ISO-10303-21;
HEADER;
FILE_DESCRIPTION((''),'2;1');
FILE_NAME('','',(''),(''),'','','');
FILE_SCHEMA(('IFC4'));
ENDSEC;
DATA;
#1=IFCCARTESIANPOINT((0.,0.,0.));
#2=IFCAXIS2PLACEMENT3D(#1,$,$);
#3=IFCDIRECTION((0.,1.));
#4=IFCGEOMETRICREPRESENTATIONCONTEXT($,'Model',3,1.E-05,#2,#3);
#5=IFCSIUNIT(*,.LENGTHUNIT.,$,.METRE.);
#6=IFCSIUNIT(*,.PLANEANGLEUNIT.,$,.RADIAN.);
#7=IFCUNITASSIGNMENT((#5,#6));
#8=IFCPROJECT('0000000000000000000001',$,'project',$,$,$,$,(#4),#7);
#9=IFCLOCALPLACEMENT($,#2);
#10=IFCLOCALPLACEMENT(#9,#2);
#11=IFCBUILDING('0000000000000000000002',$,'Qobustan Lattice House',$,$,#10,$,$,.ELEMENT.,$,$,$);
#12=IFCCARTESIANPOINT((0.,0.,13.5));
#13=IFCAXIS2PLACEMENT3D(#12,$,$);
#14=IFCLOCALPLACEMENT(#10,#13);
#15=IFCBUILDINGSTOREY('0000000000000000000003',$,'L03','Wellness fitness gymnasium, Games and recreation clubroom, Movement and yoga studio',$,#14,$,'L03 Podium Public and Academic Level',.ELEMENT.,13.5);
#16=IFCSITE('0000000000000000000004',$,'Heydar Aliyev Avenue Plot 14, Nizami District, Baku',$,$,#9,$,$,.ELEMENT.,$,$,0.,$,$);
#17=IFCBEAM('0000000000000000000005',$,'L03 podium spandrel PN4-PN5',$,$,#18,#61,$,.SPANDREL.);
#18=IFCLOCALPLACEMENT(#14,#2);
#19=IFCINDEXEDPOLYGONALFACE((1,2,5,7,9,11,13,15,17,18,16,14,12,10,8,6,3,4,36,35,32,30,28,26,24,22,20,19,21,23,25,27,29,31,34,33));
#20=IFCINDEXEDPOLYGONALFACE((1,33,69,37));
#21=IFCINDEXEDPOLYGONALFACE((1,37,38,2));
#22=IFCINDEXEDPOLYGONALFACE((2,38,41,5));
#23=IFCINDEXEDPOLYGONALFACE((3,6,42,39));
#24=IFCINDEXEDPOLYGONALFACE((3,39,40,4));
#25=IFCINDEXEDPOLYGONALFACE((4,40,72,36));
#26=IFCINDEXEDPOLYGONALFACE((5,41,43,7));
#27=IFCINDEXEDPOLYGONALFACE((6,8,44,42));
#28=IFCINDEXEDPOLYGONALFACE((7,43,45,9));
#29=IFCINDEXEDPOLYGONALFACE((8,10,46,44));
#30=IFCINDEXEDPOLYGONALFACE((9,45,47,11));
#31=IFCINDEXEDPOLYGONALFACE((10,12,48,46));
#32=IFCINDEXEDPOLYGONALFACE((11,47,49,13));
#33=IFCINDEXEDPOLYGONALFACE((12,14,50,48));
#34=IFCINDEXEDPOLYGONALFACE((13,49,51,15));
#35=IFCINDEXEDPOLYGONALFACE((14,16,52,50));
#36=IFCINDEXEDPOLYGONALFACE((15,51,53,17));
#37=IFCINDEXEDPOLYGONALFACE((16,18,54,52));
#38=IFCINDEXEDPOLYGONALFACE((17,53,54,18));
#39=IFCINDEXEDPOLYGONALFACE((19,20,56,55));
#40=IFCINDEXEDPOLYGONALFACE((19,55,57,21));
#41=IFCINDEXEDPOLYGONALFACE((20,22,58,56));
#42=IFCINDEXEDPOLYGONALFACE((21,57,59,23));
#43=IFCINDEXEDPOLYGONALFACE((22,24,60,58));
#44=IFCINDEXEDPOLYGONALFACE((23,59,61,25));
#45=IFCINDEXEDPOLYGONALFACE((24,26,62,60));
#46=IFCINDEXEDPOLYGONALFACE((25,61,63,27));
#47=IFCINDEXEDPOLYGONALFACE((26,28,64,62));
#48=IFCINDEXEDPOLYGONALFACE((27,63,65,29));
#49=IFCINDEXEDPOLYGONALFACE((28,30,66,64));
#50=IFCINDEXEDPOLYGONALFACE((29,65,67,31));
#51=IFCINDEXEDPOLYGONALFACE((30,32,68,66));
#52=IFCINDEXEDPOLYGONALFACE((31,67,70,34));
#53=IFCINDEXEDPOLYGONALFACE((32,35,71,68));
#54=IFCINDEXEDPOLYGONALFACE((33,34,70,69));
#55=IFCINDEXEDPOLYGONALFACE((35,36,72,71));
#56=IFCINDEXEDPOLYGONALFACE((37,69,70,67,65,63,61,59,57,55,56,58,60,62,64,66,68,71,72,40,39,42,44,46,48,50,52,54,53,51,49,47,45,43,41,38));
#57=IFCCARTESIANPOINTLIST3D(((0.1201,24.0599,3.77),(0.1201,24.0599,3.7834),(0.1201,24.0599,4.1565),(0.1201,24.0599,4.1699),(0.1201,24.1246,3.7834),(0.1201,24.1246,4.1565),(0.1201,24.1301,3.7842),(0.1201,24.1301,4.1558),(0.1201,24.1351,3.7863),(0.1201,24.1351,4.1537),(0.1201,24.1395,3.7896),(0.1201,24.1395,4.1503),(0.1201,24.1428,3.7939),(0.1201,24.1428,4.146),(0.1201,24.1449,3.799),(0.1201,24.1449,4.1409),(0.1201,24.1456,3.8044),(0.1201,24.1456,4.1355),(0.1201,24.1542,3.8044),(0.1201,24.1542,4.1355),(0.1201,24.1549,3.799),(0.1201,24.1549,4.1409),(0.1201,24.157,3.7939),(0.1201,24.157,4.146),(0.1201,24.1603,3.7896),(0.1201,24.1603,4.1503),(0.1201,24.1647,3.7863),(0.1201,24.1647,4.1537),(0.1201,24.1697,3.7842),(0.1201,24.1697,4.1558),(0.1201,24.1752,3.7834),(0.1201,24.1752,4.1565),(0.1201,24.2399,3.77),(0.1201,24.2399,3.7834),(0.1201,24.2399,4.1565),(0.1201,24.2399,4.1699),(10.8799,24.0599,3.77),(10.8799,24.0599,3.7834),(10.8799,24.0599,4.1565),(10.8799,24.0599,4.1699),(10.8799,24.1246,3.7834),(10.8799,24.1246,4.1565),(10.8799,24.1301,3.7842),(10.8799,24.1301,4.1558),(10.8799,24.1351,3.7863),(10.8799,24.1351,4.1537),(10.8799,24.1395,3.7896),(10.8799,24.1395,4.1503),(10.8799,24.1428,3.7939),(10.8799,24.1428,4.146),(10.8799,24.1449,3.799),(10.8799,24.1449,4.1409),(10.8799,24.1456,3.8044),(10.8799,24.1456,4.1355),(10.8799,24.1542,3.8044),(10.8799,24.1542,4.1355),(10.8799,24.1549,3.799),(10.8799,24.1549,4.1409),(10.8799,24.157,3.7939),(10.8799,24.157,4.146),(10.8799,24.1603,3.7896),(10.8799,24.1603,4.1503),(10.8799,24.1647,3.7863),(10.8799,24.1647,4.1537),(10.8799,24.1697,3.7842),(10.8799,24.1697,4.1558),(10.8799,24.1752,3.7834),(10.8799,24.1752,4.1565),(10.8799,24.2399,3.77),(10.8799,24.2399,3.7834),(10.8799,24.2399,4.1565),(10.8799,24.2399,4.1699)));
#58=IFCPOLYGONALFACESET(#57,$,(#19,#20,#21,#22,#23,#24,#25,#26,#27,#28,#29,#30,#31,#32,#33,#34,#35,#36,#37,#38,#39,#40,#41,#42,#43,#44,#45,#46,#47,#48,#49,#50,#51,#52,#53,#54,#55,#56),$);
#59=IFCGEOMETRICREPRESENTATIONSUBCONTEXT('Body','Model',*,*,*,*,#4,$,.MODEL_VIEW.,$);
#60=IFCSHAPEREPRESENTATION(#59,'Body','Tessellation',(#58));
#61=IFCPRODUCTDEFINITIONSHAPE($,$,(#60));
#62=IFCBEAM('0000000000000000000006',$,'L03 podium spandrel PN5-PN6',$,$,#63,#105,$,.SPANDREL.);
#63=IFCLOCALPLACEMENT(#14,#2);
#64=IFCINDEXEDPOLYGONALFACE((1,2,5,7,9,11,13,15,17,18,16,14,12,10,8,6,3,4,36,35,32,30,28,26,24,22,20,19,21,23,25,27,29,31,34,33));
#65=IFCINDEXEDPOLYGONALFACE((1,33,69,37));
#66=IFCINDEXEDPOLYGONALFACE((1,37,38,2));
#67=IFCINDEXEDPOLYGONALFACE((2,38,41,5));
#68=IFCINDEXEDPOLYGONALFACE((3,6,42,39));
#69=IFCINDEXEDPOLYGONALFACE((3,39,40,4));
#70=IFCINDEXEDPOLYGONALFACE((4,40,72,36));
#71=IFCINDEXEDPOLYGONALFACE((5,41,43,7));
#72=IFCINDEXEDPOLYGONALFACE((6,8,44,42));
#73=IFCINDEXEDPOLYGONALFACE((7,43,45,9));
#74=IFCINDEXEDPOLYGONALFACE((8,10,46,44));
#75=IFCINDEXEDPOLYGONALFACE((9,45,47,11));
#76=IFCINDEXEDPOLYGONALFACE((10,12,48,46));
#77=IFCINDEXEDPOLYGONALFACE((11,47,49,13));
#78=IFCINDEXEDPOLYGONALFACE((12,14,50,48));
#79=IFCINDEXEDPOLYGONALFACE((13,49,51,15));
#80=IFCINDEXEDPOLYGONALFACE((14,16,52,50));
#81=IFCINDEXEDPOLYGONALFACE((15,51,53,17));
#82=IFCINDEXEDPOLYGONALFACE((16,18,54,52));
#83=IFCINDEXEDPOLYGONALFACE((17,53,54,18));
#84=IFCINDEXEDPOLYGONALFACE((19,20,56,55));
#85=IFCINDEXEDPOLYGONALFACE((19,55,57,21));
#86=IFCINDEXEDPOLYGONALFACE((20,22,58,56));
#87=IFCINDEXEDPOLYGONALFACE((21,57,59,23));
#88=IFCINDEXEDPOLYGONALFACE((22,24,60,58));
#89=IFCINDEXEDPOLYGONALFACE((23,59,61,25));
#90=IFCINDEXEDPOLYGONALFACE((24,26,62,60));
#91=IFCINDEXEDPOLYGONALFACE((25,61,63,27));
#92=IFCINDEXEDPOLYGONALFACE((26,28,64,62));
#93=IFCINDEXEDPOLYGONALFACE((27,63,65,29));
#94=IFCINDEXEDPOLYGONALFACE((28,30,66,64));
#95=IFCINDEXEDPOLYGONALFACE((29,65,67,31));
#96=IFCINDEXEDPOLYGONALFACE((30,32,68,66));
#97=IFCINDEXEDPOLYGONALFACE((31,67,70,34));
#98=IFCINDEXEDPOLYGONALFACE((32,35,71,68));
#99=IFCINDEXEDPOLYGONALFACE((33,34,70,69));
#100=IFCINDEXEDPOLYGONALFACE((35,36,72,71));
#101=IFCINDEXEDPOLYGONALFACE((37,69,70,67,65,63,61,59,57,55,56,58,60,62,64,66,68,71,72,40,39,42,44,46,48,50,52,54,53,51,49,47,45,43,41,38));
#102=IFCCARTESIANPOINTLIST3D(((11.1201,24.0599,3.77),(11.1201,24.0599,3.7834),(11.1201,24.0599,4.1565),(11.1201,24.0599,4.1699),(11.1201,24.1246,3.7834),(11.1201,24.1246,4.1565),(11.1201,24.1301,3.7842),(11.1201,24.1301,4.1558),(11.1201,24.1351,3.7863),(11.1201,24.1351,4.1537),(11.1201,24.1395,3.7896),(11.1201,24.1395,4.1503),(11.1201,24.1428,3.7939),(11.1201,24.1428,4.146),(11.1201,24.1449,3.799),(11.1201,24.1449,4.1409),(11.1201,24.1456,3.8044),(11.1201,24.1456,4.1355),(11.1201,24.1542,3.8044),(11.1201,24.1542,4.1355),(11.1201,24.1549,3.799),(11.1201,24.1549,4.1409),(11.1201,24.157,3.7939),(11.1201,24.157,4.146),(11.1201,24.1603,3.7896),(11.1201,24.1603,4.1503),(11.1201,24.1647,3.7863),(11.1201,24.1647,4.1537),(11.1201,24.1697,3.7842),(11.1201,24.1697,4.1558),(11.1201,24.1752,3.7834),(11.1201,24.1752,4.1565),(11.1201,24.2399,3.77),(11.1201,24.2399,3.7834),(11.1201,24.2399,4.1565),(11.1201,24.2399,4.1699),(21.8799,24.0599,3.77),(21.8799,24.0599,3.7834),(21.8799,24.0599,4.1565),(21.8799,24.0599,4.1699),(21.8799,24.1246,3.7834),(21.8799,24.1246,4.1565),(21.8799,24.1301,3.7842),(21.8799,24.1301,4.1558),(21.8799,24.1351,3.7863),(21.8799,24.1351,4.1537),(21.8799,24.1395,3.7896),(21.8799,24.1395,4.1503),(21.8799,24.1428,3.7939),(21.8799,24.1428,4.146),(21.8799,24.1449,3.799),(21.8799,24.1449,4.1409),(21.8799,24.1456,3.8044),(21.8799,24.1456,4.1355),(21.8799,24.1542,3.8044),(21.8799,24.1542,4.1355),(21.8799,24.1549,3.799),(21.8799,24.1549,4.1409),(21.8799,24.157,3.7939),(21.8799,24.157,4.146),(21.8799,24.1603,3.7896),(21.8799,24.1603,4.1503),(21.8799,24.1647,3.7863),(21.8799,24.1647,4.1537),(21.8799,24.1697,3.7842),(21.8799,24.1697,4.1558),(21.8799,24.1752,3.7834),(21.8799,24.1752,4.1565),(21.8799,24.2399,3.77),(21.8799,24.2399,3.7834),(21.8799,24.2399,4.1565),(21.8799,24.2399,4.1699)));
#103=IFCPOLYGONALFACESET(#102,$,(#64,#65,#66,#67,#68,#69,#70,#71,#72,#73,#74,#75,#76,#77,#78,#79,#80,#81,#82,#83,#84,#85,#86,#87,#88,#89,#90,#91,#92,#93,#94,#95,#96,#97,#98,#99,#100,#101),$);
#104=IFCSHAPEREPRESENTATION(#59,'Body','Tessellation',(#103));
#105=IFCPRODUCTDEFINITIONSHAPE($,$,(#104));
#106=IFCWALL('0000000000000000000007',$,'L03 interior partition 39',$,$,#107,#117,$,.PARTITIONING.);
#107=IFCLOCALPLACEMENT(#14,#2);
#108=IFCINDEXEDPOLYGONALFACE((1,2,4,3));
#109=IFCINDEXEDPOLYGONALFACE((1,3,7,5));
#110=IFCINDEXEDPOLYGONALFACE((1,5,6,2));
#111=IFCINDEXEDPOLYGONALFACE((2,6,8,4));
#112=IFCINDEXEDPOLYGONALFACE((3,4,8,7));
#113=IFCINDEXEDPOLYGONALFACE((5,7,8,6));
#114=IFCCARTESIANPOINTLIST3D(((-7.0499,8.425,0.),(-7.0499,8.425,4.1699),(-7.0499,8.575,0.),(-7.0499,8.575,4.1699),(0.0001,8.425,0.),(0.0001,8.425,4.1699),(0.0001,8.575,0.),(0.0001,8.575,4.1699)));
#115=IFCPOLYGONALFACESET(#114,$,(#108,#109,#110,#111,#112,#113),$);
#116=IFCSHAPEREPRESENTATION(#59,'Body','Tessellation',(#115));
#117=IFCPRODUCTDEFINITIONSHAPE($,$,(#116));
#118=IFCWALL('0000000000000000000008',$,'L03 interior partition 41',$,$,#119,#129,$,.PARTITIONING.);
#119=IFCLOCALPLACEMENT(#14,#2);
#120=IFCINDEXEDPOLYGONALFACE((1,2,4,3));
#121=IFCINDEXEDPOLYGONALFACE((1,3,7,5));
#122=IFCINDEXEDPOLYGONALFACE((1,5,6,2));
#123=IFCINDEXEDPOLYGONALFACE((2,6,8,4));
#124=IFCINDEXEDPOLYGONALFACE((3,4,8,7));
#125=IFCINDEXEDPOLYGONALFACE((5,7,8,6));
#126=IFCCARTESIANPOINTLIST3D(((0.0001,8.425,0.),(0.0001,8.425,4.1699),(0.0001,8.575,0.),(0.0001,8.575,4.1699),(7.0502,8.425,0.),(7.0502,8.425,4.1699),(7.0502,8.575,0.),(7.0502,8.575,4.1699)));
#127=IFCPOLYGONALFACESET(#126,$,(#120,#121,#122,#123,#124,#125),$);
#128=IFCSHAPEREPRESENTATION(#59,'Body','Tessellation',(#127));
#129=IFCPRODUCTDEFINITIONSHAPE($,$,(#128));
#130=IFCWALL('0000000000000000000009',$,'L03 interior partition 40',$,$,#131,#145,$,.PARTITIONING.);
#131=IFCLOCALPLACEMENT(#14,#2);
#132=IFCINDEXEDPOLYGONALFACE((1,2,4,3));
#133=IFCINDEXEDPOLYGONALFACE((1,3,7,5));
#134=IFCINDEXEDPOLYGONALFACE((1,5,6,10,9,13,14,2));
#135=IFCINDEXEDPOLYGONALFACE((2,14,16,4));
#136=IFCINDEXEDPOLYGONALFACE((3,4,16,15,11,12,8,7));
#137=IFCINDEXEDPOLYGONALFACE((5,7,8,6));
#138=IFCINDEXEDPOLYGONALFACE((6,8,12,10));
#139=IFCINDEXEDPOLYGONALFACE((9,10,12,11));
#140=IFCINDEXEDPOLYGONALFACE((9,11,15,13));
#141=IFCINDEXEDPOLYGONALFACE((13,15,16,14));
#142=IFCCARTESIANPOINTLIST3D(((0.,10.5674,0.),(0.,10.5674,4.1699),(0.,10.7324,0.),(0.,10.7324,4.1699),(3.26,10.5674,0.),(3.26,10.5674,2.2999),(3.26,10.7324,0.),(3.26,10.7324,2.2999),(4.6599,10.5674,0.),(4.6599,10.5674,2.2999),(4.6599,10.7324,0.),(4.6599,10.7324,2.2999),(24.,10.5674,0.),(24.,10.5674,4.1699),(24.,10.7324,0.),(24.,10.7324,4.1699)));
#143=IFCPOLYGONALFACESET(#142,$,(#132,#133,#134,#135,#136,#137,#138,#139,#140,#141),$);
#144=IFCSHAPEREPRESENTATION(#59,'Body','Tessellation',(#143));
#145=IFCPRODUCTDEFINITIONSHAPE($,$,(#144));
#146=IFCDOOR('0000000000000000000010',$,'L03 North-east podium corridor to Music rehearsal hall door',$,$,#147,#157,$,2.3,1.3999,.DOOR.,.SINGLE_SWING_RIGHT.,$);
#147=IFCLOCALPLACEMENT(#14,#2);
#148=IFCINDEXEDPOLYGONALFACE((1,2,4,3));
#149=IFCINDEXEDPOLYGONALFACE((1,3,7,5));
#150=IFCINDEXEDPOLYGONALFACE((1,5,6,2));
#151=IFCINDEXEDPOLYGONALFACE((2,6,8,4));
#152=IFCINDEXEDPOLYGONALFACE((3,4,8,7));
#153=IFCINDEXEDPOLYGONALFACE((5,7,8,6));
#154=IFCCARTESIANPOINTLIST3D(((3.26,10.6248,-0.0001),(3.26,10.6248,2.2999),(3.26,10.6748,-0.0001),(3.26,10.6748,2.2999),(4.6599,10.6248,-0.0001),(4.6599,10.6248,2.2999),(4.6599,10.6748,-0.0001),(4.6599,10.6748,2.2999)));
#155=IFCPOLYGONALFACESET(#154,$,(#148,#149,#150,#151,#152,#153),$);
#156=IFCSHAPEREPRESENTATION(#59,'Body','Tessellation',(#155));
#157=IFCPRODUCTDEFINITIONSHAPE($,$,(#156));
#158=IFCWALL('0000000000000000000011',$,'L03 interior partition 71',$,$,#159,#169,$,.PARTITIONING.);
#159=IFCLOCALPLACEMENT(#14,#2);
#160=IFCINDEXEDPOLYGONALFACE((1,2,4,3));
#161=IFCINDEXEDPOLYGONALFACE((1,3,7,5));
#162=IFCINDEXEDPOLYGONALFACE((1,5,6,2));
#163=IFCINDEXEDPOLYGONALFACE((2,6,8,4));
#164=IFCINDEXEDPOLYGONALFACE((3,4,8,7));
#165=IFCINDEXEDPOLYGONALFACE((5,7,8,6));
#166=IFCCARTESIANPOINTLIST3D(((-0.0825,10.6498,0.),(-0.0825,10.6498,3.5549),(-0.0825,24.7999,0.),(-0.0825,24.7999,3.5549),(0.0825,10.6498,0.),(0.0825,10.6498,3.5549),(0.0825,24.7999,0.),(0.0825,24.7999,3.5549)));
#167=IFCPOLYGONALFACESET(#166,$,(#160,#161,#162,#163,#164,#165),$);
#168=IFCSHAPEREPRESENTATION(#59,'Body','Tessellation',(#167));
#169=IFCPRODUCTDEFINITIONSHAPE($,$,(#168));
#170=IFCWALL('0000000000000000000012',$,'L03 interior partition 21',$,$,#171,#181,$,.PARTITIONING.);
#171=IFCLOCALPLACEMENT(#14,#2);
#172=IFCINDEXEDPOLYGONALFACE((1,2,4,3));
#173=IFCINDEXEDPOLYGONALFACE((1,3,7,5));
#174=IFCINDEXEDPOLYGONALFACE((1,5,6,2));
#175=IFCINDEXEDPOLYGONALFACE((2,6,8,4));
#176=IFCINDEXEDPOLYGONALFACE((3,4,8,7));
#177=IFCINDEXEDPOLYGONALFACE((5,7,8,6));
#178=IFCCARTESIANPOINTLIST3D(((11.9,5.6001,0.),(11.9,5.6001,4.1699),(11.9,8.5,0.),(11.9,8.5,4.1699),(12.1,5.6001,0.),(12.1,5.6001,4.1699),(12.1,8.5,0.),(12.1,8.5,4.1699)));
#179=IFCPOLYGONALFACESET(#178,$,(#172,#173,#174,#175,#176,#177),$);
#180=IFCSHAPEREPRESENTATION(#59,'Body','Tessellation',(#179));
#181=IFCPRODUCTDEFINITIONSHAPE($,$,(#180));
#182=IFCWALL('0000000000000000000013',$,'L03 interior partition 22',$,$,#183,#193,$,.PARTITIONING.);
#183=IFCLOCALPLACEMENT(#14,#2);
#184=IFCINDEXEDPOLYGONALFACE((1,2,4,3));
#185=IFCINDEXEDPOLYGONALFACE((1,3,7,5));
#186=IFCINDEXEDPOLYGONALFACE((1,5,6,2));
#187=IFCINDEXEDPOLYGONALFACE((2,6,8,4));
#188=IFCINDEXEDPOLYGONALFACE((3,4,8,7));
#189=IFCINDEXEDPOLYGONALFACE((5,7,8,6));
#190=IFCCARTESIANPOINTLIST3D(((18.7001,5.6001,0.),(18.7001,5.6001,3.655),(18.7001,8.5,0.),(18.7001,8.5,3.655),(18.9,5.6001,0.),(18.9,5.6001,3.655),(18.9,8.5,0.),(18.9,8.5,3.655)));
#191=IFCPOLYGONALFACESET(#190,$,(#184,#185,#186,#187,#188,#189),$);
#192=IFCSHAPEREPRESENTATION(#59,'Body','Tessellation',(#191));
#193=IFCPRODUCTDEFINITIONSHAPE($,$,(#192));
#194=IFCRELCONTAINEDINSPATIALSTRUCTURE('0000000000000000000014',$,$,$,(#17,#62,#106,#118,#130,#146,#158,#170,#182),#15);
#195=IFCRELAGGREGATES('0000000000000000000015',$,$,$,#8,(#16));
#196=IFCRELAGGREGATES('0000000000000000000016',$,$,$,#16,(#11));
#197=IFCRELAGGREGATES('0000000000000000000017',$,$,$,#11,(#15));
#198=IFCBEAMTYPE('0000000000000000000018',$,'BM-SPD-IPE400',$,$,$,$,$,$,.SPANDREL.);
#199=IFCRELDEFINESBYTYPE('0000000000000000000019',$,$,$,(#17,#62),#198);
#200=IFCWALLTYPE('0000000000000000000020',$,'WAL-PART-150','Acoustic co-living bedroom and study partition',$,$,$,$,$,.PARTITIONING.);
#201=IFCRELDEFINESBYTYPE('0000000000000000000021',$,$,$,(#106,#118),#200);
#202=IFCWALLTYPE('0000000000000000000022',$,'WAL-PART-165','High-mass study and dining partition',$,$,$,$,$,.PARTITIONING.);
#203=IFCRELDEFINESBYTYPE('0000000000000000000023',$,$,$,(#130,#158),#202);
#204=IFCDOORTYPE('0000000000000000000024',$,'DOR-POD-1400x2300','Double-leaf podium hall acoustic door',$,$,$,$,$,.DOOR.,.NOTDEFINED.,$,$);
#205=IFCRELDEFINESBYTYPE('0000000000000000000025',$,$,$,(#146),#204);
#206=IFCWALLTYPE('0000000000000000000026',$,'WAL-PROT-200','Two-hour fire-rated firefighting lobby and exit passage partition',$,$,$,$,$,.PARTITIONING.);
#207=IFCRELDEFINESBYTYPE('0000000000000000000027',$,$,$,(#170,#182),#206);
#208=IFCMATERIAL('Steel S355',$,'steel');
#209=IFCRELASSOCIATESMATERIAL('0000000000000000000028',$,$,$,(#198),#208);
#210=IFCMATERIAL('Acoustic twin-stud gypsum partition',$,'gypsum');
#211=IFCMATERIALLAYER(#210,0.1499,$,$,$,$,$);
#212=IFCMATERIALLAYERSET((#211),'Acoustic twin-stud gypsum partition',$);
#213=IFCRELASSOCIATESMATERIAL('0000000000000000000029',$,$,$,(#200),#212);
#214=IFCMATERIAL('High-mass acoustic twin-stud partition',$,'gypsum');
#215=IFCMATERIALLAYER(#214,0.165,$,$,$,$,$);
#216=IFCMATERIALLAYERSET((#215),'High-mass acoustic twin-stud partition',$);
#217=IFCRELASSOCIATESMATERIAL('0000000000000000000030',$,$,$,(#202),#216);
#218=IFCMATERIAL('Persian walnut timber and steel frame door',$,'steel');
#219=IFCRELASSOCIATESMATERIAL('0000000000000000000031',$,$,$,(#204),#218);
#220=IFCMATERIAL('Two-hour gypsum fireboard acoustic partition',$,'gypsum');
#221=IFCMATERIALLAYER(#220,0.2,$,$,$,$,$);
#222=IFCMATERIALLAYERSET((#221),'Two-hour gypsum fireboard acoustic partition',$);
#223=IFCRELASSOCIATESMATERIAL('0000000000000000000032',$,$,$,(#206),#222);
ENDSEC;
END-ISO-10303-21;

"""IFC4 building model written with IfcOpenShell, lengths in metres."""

from ifc_helpers import new_model, si_unit, direction, frame, frame_2d, origin, origin_2d, place, context, subcontext, project, spatial, rectangle, i_section, extrude, material, layer, layer_set, material_profile, profile_set, type_object, element, fill, save


model = new_model("IFC4")

# Units and contexts
model_context = context("Model", 3, precision=1e-05, world=origin(), true_north=direction((0.0, 1.0)))
body_context = subcontext(model_context, "Body", "Model", "MODEL_VIEW")
ifc_project = project(units=[si_unit("LENGTHUNIT", "METRE"), si_unit("PLANEANGLEUNIT", "RADIAN")], contexts=[model_context])

# Site, building, storey
site_placement = place(None, origin())
site = spatial("IfcSite", under=ifc_project, at=site_placement, Name="Heydar Aliyev Avenue Plot 14, Nizami District, Baku", CompositionType="ELEMENT", RefElevation=0.0)
building_placement = place(site_placement, origin())
building = spatial("IfcBuilding", under=site, at=building_placement, Name="Qobustan Lattice House", CompositionType="ELEMENT")
storey_placement = place(building_placement, frame((0.0, 0.0, 13.5)))
storey = spatial("IfcBuildingStorey", under=building, at=storey_placement, Name="L03", Description="Wellness fitness gymnasium, Games and recreation clubroom, Movement and yoga studio", LongName="L03 Podium Public and Academic Level", CompositionType="ELEMENT", Elevation=13.5)

# Beams
ifc_material_1 = material(Name="Steel S355", Category="steel")
ifc_material_profile_1 = material_profile(ifc_material_1, i_section(OverallWidth=0.1799, OverallDepth=0.3999, WebThickness=0.0085, FlangeThickness=0.0134, FilletRadius=0.021, at=origin_2d()), Name="IPE400")
ifc_profile_set_1 = profile_set([ifc_material_profile_1], Name="Steel S355")
beam_type_1 = type_object("IfcBeamType", Name="BM-SPD-IPE400", PredefinedType="SPANDREL", material=ifc_profile_set_1)
for number, where, z_axis, x_axis, name in (
    (1, (0.1201, 24.1499, 3.97), (1.0, 0.0, 0.0), (0.0, 1.0, 0.0), "L03 podium spandrel PN4-PN5"),
    (2, (11.1201, 24.1499, 3.97), (1.0, 0.0, 0.0), (0.0, 1.0, 0.0), "L03 podium spandrel PN5-PN6"),
):
    element("IfcBeam", number, at=place(storey_placement, frame(where, z_axis=z_axis, x_axis=x_axis)), inside=storey, type_object=beam_type_1, Name=name, PredefinedType="SPANDREL", context=body_context, shape_type="SweptSolid", body=[
        extrude(i_section(OverallWidth=0.1799, OverallDepth=0.3999, WebThickness=0.0085, FlangeThickness=0.0134, FilletRadius=0.021, at=origin_2d()), origin(), (0.0, 0.0, 1.0), 10.7598),
    ])

# Walls
ifc_material_2 = material(Name="Acoustic twin-stud gypsum partition", Category="gypsum")
ifc_layer_1 = layer(ifc_material_2, 0.1499)
ifc_layer_set_1 = layer_set([ifc_layer_1], Name="Acoustic twin-stud gypsum partition")
wall_type_1 = type_object("IfcWallType", Name="WAL-PART-150", Description="Acoustic co-living bedroom and study partition", PredefinedType="PARTITIONING", material=ifc_layer_set_1)
for number, where, z_axis, x_axis, name in (
    (3, (0.0, 8.5, 0.0), (0.0, 0.0, 1.0), (-1.0, 0.0, 0.0), "L03 interior partition 39"),
    (4, (7.05, 8.5, 0.0), (0.0, 0.0, 1.0), (-1.0, 0.0, 0.0), "L03 interior partition 41"),
):
    element("IfcWall", number, at=place(storey_placement, frame(where, z_axis=z_axis, x_axis=x_axis)), inside=storey, type_object=wall_type_1, Name=name, PredefinedType="PARTITIONING", context=body_context, shape_type="SweptSolid", body=[
        extrude(rectangle(XDim=7.05, YDim=0.1499, at=frame_2d((3.5249, 0.0))), origin(), (0.0, 0.0, 1.0), 4.1699),
    ])

# Wall, opening, door
ifc_material_3 = material(Name="High-mass acoustic twin-stud partition", Category="gypsum")
ifc_layer_2 = layer(ifc_material_3, 0.165)
ifc_layer_set_2 = layer_set([ifc_layer_2], Name="High-mass acoustic twin-stud partition")
wall_type_2 = type_object("IfcWallType", Name="WAL-PART-165", Description="High-mass study and dining partition", PredefinedType="PARTITIONING", material=ifc_layer_set_2)
wall_1_placement = place(storey_placement, frame((0.0, 10.6499, 0.0), z_axis=(0.0, 0.0, 1.0), x_axis=(1.0, 0.0, 0.0)))
wall_1 = element("IfcWall", 5, at=wall_1_placement, inside=storey, type_object=wall_type_2, Name="L03 interior partition 40", PredefinedType="PARTITIONING", context=body_context, shape_type="SweptSolid", body=[
    extrude(rectangle(XDim=24.0, YDim=0.165, at=frame_2d((12.0, 0.0))), origin(), (0.0, 0.0, 1.0), 4.1699),
])
opening_1_placement = place(wall_1_placement, frame((3.26, 0.0, 0.0)))
opening_1 = element("IfcOpeningElement", 6, at=opening_1_placement, cuts=wall_1, PredefinedType="OPENING", context=body_context, shape_type="SweptSolid", body=[
    extrude(rectangle(XDim=1.3999, YDim=2.3, at=frame_2d((0.7, 1.1499))), frame((0.0, 0.0925, 0.0), z_axis=(0.0, -1.0, 0.0), x_axis=(1.0, 0.0, 0.0)), (0.0, 0.0, 1.0), 0.1851),
])
ifc_material_4 = material(Name="Persian walnut timber and steel frame door", Category="steel")
door_type_1 = type_object("IfcDoorType", Name="DOR-POD-1400x2300", Description="Double-leaf podium hall acoustic door", OperationType="NOTDEFINED", PredefinedType="DOOR", material=ifc_material_4)
door_1_placement = place(opening_1_placement, origin())
door_1 = element("IfcDoor", 7, at=door_1_placement, inside=storey, type_object=door_type_1, Name="L03 North-east podium corridor to Music rehearsal hall door", OperationType="SINGLE_SWING_RIGHT", OverallHeight=2.3, OverallWidth=1.3999, PredefinedType="DOOR", context=body_context, shape_type="SweptSolid", body=[
    extrude(rectangle(XDim=1.3999, YDim=2.3, at=frame_2d((0.7, 1.1499))), frame((0.0, 0.0249, 0.0), z_axis=(0.0, -1.0, 0.0), x_axis=(1.0, 0.0, 0.0)), (0.0, 0.0, 1.0), 0.05),
])
fill(opening_1, door_1)

# Walls
wall_2_placement = place(storey_placement, frame((0.0, 24.8, 0.0), z_axis=(0.0, 0.0, 1.0), x_axis=(0.0, -1.0, 0.0)))
element("IfcWall", 8, at=wall_2_placement, inside=storey, type_object=wall_type_2, Name="L03 interior partition 71", PredefinedType="PARTITIONING", context=body_context, shape_type="SweptSolid", body=[
    extrude(rectangle(XDim=14.1501, YDim=0.165, at=frame_2d((7.0752, 0.0))), origin(), (0.0, 0.0, 1.0), 3.5549),
])
ifc_material_5 = material(Name="Two-hour gypsum fireboard acoustic partition", Category="gypsum")
ifc_layer_3 = layer(ifc_material_5, 0.2)
ifc_layer_set_3 = layer_set([ifc_layer_3], Name="Two-hour gypsum fireboard acoustic partition")
wall_type_3 = type_object("IfcWallType", Name="WAL-PROT-200", Description="Two-hour fire-rated firefighting lobby and exit passage partition", PredefinedType="PARTITIONING", material=ifc_layer_set_3)
wall_3_placement = place(storey_placement, frame((12.0, 8.5, 0.0), z_axis=(0.0, 0.0, 1.0), x_axis=(0.0, -1.0, 0.0)))
element("IfcWall", 9, at=wall_3_placement, inside=storey, type_object=wall_type_3, Name="L03 interior partition 21", PredefinedType="PARTITIONING", context=body_context, shape_type="SweptSolid", body=[
    extrude(rectangle(XDim=2.8999, YDim=0.2, at=frame_2d((1.45, 0.0))), origin(), (0.0, 0.0, 1.0), 4.1699),
])
wall_4_placement = place(storey_placement, frame((18.8, 5.6001, 0.0), z_axis=(0.0, 0.0, 1.0), x_axis=(0.0, 1.0, 0.0)))
element("IfcWall", 10, at=wall_4_placement, inside=storey, type_object=wall_type_3, Name="L03 interior partition 22", PredefinedType="PARTITIONING", context=body_context, shape_type="SweptSolid", body=[
    extrude(rectangle(XDim=2.8999, YDim=0.2, at=frame_2d((1.45, 0.0))), origin(), (0.0, 0.0, 1.0), 3.655),
])

save(model, "model.ifc")
